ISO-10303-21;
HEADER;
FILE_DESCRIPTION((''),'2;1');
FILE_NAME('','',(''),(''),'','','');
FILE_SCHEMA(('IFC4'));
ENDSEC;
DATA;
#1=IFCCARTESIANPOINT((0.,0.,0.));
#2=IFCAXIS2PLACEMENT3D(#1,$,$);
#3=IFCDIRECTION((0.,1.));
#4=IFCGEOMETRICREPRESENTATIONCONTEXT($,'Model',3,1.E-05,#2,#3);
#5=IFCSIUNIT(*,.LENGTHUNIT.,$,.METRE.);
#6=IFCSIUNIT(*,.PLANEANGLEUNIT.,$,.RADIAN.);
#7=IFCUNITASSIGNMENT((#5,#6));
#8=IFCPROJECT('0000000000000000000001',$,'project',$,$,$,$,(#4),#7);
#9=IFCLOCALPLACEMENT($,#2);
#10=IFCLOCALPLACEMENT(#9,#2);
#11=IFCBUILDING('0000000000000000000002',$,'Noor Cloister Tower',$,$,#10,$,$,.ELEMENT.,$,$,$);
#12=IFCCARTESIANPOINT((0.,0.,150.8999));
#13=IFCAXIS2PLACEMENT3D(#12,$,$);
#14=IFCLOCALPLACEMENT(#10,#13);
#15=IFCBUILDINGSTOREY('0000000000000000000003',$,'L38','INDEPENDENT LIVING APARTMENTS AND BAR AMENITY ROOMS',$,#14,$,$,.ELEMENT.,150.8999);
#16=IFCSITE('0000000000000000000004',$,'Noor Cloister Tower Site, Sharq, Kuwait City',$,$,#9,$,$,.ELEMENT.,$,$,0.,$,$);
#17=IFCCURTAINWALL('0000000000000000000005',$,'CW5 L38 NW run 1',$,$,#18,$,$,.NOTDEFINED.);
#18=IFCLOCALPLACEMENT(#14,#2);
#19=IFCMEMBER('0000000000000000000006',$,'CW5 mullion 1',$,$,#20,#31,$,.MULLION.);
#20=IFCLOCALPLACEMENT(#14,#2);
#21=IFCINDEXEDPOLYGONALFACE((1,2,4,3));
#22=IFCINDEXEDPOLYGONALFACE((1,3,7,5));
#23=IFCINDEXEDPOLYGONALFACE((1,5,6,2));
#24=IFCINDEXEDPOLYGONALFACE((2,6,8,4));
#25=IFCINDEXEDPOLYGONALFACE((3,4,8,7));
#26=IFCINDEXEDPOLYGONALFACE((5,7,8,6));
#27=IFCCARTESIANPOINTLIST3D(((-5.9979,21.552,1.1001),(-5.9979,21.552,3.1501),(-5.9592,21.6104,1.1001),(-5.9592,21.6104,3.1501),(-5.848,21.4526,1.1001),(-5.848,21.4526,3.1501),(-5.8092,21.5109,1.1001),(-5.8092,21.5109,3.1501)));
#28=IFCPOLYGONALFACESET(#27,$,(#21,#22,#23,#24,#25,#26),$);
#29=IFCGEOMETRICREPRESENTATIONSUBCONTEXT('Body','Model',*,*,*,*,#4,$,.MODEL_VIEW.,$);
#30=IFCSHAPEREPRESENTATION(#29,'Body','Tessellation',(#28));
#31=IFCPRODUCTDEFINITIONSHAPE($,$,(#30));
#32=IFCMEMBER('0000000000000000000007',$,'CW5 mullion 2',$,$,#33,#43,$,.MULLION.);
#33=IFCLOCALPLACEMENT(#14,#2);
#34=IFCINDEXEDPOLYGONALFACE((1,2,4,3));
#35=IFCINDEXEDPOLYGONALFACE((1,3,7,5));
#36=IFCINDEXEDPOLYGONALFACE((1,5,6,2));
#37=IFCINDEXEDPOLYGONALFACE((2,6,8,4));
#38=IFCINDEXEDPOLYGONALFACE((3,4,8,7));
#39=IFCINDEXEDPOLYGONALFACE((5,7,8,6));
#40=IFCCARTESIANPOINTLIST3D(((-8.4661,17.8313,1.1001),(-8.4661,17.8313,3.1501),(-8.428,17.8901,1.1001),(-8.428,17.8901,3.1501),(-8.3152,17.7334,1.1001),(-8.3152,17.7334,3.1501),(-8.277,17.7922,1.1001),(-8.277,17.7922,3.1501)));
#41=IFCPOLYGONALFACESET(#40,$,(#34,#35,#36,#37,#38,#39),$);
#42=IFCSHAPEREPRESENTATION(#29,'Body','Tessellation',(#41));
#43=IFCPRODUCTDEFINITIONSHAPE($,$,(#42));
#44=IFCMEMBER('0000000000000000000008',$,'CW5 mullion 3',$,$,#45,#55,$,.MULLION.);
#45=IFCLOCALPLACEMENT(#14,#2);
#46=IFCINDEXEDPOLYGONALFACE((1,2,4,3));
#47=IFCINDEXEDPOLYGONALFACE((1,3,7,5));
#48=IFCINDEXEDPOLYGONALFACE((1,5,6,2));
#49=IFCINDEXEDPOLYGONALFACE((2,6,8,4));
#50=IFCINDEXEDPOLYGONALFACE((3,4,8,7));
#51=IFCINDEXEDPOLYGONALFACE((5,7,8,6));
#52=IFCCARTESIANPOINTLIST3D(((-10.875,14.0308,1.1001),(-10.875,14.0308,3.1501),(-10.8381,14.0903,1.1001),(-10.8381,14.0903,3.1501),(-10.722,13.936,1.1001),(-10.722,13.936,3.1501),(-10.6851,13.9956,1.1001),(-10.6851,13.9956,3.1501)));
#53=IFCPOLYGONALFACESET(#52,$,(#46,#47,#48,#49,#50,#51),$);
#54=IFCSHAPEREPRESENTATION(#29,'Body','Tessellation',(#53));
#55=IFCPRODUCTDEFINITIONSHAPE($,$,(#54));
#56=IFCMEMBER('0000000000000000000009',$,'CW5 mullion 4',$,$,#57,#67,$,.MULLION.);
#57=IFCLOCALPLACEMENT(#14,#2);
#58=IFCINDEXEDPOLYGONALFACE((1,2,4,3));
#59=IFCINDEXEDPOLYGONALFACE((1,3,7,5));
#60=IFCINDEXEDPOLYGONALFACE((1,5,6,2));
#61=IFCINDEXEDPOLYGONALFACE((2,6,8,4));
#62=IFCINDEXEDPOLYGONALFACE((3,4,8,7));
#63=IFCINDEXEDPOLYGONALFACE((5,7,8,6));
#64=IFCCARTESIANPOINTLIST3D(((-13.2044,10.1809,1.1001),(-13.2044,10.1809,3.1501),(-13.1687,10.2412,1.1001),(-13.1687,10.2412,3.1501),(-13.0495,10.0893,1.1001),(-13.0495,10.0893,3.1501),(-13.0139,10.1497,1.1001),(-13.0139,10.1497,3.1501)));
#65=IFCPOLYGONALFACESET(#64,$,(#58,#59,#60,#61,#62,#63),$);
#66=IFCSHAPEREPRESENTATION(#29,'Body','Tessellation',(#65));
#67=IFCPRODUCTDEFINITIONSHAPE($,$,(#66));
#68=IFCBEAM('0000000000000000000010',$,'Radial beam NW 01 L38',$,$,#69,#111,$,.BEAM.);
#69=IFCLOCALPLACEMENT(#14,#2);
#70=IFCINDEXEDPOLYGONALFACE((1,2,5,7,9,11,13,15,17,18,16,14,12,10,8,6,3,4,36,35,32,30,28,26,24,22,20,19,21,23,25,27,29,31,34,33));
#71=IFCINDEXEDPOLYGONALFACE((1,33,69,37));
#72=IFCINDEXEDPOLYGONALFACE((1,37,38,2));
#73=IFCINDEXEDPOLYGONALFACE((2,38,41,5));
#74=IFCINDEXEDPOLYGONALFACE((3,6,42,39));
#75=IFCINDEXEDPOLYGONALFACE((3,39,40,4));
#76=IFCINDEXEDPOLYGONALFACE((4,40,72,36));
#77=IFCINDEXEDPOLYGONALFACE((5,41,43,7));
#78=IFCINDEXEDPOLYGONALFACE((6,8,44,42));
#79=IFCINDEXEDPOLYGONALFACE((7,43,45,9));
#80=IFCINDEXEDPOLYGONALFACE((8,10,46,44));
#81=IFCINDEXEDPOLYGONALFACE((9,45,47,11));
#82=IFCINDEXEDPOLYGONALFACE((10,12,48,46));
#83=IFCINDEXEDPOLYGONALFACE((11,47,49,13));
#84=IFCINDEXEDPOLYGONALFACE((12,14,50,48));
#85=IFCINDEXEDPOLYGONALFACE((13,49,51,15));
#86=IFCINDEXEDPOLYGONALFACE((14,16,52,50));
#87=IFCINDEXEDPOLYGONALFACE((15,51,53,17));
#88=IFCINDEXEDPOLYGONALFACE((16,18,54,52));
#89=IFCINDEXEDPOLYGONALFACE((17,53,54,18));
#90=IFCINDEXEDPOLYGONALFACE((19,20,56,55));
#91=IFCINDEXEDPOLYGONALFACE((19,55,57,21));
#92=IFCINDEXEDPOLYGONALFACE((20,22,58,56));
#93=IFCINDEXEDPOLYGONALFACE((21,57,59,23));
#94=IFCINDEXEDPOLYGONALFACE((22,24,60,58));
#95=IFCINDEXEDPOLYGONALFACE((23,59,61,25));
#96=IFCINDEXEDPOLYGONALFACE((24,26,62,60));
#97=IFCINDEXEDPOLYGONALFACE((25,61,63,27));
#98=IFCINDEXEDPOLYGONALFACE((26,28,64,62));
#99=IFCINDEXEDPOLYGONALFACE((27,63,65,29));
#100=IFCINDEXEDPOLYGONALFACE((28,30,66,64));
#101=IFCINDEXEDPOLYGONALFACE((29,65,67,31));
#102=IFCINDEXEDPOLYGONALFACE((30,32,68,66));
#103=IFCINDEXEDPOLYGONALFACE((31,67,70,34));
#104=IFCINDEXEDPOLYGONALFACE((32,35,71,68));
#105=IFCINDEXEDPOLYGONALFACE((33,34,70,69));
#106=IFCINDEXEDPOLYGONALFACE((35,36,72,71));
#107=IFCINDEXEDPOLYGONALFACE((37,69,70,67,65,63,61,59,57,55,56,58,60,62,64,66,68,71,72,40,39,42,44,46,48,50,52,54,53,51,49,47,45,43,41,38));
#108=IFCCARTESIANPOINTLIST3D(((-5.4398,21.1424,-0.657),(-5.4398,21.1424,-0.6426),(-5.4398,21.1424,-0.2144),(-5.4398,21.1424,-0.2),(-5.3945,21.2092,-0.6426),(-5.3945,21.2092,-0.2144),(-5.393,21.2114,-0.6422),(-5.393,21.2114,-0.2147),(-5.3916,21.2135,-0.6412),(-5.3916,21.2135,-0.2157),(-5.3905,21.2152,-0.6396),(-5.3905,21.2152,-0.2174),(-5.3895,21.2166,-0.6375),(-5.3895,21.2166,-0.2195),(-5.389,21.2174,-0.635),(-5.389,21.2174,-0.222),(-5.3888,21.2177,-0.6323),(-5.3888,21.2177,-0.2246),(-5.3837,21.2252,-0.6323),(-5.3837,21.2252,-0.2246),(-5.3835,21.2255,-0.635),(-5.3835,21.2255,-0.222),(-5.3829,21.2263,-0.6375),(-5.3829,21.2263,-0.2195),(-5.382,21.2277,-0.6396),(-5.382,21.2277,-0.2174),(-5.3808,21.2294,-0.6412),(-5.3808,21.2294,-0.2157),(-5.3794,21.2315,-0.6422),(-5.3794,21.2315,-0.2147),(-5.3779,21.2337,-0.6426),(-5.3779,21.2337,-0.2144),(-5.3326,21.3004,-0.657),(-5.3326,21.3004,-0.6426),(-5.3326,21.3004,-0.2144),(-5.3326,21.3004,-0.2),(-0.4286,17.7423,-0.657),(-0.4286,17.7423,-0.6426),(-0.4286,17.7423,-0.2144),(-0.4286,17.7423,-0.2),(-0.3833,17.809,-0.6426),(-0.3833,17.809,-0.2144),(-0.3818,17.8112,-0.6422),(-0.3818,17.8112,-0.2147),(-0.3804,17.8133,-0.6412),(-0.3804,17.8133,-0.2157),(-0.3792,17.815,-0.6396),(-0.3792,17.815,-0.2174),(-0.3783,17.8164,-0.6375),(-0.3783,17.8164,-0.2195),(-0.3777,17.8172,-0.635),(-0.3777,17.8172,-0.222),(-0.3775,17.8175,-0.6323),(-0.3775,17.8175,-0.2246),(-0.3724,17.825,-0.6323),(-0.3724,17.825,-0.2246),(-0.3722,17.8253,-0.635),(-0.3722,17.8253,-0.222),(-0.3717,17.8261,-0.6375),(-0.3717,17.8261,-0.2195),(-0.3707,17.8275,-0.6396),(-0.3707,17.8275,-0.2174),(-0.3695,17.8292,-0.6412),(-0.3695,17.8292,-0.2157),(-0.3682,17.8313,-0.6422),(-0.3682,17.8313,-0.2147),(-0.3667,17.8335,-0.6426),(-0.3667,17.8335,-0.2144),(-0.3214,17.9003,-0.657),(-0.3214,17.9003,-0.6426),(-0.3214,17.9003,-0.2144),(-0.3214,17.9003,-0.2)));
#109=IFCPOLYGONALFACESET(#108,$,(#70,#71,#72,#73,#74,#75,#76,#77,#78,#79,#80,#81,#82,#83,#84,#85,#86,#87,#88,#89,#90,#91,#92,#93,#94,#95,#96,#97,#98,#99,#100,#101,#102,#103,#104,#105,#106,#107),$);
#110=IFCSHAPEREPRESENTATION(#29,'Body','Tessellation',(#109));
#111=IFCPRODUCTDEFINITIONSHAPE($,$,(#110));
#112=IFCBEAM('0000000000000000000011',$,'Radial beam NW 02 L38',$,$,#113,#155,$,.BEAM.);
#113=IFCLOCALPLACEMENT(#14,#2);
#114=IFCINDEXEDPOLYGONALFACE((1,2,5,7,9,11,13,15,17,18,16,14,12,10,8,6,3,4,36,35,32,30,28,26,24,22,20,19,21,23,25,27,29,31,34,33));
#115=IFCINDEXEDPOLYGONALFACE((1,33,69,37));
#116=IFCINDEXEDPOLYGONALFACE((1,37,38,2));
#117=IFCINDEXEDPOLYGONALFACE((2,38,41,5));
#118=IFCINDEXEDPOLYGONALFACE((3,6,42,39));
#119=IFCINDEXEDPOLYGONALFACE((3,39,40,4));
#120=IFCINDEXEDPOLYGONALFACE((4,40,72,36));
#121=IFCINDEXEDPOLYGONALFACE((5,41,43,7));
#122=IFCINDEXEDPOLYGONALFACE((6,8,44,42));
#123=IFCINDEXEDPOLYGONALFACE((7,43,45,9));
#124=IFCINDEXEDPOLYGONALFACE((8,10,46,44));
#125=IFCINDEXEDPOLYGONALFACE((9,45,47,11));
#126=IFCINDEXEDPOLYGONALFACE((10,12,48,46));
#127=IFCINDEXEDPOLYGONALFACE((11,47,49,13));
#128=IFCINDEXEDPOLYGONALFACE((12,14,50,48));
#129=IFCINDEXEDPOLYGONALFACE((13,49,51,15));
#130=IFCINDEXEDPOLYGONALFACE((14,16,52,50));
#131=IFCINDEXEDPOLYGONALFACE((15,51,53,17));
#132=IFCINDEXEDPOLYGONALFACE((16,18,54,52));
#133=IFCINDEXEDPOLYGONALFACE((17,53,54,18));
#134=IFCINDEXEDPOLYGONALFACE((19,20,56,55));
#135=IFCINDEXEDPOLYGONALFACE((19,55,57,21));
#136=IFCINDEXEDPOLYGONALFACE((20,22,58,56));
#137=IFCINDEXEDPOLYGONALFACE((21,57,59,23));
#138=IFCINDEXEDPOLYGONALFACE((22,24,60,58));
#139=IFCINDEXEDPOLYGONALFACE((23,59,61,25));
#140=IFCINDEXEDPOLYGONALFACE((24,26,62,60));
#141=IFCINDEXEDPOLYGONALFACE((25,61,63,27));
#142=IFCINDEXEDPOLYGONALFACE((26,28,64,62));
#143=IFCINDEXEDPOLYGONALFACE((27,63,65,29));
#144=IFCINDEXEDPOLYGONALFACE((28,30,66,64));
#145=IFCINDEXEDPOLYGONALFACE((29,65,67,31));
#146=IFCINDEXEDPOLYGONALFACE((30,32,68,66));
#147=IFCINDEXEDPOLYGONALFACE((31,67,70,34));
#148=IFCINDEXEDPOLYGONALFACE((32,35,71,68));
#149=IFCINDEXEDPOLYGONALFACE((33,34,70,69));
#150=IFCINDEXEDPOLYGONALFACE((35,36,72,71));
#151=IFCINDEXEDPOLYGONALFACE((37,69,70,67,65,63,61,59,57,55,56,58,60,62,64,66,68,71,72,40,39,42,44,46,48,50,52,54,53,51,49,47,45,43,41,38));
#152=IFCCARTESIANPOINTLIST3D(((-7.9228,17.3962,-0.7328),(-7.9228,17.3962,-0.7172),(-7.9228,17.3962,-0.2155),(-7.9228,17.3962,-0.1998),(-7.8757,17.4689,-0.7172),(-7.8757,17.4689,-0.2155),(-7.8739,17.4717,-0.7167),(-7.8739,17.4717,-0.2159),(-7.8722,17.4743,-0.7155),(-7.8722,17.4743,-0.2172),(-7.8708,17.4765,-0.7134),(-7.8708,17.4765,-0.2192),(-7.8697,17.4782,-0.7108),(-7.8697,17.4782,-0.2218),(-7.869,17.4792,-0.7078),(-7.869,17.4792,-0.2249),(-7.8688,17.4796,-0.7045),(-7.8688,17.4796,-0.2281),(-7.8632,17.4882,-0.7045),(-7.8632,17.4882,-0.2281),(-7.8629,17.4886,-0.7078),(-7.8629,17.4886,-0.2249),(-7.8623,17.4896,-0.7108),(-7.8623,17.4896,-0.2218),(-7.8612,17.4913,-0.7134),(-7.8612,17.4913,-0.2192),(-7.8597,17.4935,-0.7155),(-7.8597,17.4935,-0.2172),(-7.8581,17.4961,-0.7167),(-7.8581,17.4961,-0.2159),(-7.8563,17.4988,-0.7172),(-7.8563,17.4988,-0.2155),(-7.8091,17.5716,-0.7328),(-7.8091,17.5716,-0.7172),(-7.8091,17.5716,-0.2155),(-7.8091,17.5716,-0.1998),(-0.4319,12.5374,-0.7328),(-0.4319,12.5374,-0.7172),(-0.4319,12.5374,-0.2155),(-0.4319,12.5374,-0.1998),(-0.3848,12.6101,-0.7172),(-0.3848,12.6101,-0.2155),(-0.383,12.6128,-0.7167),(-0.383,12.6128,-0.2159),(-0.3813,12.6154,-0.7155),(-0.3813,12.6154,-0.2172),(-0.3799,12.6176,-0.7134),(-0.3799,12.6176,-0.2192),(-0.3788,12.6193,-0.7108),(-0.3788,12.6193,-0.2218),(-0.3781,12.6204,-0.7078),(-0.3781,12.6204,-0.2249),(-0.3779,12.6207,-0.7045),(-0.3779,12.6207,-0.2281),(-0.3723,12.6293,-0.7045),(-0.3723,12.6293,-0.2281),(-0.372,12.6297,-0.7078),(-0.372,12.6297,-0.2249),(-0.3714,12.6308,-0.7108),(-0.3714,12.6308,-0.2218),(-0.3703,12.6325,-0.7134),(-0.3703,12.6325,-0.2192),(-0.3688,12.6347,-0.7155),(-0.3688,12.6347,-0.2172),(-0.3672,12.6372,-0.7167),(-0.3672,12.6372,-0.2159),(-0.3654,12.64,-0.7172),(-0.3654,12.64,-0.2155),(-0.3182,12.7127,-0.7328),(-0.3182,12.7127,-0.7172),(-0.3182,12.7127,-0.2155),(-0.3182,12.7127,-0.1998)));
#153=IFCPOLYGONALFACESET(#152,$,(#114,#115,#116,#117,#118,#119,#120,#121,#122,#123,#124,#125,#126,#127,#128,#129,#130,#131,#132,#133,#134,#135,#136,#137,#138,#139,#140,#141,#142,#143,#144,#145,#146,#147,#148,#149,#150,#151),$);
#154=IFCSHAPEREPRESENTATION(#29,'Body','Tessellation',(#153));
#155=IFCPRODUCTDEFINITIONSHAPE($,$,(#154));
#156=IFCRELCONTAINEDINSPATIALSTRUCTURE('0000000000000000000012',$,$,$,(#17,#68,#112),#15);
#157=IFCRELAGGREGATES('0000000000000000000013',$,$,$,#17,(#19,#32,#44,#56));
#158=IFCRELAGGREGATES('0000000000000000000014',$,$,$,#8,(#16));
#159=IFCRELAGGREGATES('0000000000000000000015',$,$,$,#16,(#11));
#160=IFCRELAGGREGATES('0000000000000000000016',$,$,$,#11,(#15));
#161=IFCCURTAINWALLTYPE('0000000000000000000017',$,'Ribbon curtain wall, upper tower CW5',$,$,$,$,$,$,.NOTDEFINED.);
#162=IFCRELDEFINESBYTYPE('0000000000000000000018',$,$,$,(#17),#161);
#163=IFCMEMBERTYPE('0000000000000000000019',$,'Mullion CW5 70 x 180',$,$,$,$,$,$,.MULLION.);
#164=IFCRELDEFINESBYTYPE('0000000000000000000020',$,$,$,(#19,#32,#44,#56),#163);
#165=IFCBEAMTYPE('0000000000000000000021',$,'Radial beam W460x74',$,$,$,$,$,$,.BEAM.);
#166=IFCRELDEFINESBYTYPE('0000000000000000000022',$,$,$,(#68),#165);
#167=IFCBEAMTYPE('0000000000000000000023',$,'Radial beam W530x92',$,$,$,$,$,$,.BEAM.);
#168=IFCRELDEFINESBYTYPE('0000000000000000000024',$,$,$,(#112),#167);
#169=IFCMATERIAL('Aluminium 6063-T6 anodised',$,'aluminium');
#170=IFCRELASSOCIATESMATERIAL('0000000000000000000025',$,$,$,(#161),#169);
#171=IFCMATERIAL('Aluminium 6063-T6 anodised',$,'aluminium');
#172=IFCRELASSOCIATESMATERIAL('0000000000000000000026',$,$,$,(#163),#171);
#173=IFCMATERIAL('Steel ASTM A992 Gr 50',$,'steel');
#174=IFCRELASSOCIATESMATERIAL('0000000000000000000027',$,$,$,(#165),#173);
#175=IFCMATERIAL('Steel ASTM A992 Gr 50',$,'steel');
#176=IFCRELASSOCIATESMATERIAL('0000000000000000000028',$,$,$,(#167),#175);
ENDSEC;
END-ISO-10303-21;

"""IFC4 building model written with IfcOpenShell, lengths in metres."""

from ifc_helpers import new_model, si_unit, direction, frame, origin, origin_2d, place, context, subcontext, project, spatial, rectangle, i_section, extrude, material, material_profile, profile_set, type_object, element, aggregate, save


model = new_model("IFC4")

# Units and contexts
model_context = context("Model", 3, precision=1e-05, world=origin(), true_north=direction((0.0, 1.0)))
body_context = subcontext(model_context, "Body", "Model", "MODEL_VIEW")
ifc_project = project(units=[si_unit("LENGTHUNIT", "METRE"), si_unit("PLANEANGLEUNIT", "RADIAN")], contexts=[model_context])

# Site, building, storey
site_placement = place(None, origin())
site = spatial("IfcSite", under=ifc_project, at=site_placement, Name="Noor Cloister Tower Site, Sharq, Kuwait City", CompositionType="ELEMENT", RefElevation=0.0)
building_placement = place(site_placement, origin())
building = spatial("IfcBuilding", under=site, at=building_placement, Name="Noor Cloister Tower", CompositionType="ELEMENT")
storey_placement = place(building_placement, frame((0.0, 0.0, 150.8999)))
storey = spatial("IfcBuildingStorey", under=building, at=storey_placement, Name="L38", Description="INDEPENDENT LIVING APARTMENTS AND BAR AMENITY ROOMS", CompositionType="ELEMENT", Elevation=150.8999)

# Curtain wall, members
ifc_material_1 = material(Name="Aluminium 6063-T6 anodised", Category="aluminium")
curtain_wall_type = type_object("IfcCurtainWallType", Name="Ribbon curtain wall, upper tower CW5", PredefinedType="NOTDEFINED", material=ifc_material_1)
curtain_wall_placement = place(storey_placement, origin())
curtain_wall = element("IfcCurtainWall", 1, at=curtain_wall_placement, inside=storey, type_object=curtain_wall_type, Name="CW5 L38 NW run 1", PredefinedType="NOTDEFINED")
ifc_material_2 = material(Name="Aluminium 6063-T6 anodised", Category="aluminium")
ifc_material_profile_1 = material_profile(ifc_material_2, rectangle(XDim=0.1799, YDim=0.0701, at=origin_2d()), Name="180 x 70 mullion")
ifc_profile_set_1 = profile_set([ifc_material_profile_1], Name="Aluminium 6063-T6 anodised")
member_type = type_object("IfcMemberType", Name="Mullion CW5 70 x 180", PredefinedType="MULLION", material=ifc_profile_set_1)
member_1_placement = place(storey_placement, frame((-5.9036, 21.5315, 1.1001), z_axis=(0.0, 0.0, 1.0), x_axis=(0.833278, -0.552854, 0.0)))
member_1 = element("IfcMember", 2, at=member_1_placement, type_object=member_type, Name="CW5 mullion 1", PredefinedType="MULLION", context=body_context, shape_type="SweptSolid", body=[
    extrude(rectangle(XDim=0.1799, YDim=0.0701, at=origin_2d()), origin(), (0.0, 0.0, 1.0), 2.05),
])
member_2_placement = place(storey_placement, frame((-8.3716, 17.8118, 1.1001), z_axis=(0.0, 0.0, 1.0), x_axis=(0.838964, -0.544188, 0.0)))
member_2 = element("IfcMember", 3, at=member_2_placement, type_object=member_type, Name="CW5 mullion 2", PredefinedType="MULLION", context=body_context, shape_type="SweptSolid", body=[
    extrude(rectangle(XDim=0.1799, YDim=0.0701, at=origin_2d()), origin(), (0.0, 0.0, 1.0), 2.05),
])
member_3_placement = place(storey_placement, frame((-10.78, 14.0132, 1.1001), z_axis=(0.0, 0.0, 1.0), x_axis=(0.850063, -0.526681, 0.0)))
member_3 = element("IfcMember", 4, at=member_3_placement, type_object=member_type, Name="CW5 mullion 3", PredefinedType="MULLION", context=body_context, shape_type="SweptSolid", body=[
    extrude(rectangle(XDim=0.1799, YDim=0.0701, at=origin_2d()), origin(), (0.0, 0.0, 1.0), 2.05),
])
member_4_placement = place(storey_placement, frame((-13.1091, 10.1653, 1.1001), z_axis=(0.0, 0.0, 1.0), x_axis=(0.860797, -0.508949, 0.0)))
member_4 = element("IfcMember", 5, at=member_4_placement, type_object=member_type, Name="CW5 mullion 4", PredefinedType="MULLION", context=body_context, shape_type="SweptSolid", body=[
    extrude(rectangle(XDim=0.1799, YDim=0.0701, at=origin_2d()), origin(), (0.0, 0.0, 1.0), 2.05),
])

# Beams
ifc_material_3 = material(Name="Steel ASTM A992 Gr 50", Category="steel")
ifc_material_profile_2 = material_profile(ifc_material_3, i_section(OverallWidth=0.1909, OverallDepth=0.457, WebThickness=0.009, FlangeThickness=0.0144, FilletRadius=0.0103, at=origin_2d()), Name="W460x74")
ifc_profile_set_2 = profile_set([ifc_material_profile_2], Name="Steel ASTM A992 Gr 50")
beam_type_1 = type_object("IfcBeamType", Name="Radial beam W460x74", PredefinedType="BEAM", material=ifc_profile_set_2)
beam_1_placement = place(storey_placement, frame((-5.3862, 21.2214, -0.4285), z_axis=(0.827501, -0.561464, 0.0), x_axis=(0.561464, 0.827501, 0.0)))
element("IfcBeam", 6, at=beam_1_placement, inside=storey, type_object=beam_type_1, Name="Radial beam NW 01 L38", PredefinedType="BEAM", context=body_context, shape_type="SweptSolid", body=[
    extrude(i_section(OverallWidth=0.1909, OverallDepth=0.457, WebThickness=0.009, FlangeThickness=0.0144, FilletRadius=0.0103, at=origin_2d()), origin(), (0.0, 0.0, 1.0), 6.0559),
])
ifc_material_4 = material(Name="Steel ASTM A992 Gr 50", Category="steel")
ifc_material_profile_3 = material_profile(ifc_material_4, i_section(OverallWidth=0.209, OverallDepth=0.533, WebThickness=0.0103, FlangeThickness=0.0156, FilletRadius=0.0127, at=origin_2d()), Name="W530x92")
ifc_profile_set_3 = profile_set([ifc_material_profile_3], Name="Steel ASTM A992 Gr 50")
beam_type_2 = type_object("IfcBeamType", Name="Radial beam W530x92", PredefinedType="BEAM", material=ifc_profile_set_3)
beam_2_placement = place(storey_placement, frame((-7.866, 17.4839, -0.4663), z_axis=(0.838967, -0.544182, 0.0), x_axis=(0.544182, 0.838967, 0.0)))
element("IfcBeam", 7, at=beam_2_placement, inside=storey, type_object=beam_type_2, Name="Radial beam NW 02 L38", PredefinedType="BEAM", context=body_context, shape_type="SweptSolid", body=[
    extrude(i_section(OverallWidth=0.209, OverallDepth=0.533, WebThickness=0.0103, FlangeThickness=0.0156, FilletRadius=0.0127, at=origin_2d()), origin(), (0.0, 0.0, 1.0), 8.9287),
])

aggregate(curtain_wall, [member_1, member_2, member_3, member_4])

save(model, "model.ifc")
